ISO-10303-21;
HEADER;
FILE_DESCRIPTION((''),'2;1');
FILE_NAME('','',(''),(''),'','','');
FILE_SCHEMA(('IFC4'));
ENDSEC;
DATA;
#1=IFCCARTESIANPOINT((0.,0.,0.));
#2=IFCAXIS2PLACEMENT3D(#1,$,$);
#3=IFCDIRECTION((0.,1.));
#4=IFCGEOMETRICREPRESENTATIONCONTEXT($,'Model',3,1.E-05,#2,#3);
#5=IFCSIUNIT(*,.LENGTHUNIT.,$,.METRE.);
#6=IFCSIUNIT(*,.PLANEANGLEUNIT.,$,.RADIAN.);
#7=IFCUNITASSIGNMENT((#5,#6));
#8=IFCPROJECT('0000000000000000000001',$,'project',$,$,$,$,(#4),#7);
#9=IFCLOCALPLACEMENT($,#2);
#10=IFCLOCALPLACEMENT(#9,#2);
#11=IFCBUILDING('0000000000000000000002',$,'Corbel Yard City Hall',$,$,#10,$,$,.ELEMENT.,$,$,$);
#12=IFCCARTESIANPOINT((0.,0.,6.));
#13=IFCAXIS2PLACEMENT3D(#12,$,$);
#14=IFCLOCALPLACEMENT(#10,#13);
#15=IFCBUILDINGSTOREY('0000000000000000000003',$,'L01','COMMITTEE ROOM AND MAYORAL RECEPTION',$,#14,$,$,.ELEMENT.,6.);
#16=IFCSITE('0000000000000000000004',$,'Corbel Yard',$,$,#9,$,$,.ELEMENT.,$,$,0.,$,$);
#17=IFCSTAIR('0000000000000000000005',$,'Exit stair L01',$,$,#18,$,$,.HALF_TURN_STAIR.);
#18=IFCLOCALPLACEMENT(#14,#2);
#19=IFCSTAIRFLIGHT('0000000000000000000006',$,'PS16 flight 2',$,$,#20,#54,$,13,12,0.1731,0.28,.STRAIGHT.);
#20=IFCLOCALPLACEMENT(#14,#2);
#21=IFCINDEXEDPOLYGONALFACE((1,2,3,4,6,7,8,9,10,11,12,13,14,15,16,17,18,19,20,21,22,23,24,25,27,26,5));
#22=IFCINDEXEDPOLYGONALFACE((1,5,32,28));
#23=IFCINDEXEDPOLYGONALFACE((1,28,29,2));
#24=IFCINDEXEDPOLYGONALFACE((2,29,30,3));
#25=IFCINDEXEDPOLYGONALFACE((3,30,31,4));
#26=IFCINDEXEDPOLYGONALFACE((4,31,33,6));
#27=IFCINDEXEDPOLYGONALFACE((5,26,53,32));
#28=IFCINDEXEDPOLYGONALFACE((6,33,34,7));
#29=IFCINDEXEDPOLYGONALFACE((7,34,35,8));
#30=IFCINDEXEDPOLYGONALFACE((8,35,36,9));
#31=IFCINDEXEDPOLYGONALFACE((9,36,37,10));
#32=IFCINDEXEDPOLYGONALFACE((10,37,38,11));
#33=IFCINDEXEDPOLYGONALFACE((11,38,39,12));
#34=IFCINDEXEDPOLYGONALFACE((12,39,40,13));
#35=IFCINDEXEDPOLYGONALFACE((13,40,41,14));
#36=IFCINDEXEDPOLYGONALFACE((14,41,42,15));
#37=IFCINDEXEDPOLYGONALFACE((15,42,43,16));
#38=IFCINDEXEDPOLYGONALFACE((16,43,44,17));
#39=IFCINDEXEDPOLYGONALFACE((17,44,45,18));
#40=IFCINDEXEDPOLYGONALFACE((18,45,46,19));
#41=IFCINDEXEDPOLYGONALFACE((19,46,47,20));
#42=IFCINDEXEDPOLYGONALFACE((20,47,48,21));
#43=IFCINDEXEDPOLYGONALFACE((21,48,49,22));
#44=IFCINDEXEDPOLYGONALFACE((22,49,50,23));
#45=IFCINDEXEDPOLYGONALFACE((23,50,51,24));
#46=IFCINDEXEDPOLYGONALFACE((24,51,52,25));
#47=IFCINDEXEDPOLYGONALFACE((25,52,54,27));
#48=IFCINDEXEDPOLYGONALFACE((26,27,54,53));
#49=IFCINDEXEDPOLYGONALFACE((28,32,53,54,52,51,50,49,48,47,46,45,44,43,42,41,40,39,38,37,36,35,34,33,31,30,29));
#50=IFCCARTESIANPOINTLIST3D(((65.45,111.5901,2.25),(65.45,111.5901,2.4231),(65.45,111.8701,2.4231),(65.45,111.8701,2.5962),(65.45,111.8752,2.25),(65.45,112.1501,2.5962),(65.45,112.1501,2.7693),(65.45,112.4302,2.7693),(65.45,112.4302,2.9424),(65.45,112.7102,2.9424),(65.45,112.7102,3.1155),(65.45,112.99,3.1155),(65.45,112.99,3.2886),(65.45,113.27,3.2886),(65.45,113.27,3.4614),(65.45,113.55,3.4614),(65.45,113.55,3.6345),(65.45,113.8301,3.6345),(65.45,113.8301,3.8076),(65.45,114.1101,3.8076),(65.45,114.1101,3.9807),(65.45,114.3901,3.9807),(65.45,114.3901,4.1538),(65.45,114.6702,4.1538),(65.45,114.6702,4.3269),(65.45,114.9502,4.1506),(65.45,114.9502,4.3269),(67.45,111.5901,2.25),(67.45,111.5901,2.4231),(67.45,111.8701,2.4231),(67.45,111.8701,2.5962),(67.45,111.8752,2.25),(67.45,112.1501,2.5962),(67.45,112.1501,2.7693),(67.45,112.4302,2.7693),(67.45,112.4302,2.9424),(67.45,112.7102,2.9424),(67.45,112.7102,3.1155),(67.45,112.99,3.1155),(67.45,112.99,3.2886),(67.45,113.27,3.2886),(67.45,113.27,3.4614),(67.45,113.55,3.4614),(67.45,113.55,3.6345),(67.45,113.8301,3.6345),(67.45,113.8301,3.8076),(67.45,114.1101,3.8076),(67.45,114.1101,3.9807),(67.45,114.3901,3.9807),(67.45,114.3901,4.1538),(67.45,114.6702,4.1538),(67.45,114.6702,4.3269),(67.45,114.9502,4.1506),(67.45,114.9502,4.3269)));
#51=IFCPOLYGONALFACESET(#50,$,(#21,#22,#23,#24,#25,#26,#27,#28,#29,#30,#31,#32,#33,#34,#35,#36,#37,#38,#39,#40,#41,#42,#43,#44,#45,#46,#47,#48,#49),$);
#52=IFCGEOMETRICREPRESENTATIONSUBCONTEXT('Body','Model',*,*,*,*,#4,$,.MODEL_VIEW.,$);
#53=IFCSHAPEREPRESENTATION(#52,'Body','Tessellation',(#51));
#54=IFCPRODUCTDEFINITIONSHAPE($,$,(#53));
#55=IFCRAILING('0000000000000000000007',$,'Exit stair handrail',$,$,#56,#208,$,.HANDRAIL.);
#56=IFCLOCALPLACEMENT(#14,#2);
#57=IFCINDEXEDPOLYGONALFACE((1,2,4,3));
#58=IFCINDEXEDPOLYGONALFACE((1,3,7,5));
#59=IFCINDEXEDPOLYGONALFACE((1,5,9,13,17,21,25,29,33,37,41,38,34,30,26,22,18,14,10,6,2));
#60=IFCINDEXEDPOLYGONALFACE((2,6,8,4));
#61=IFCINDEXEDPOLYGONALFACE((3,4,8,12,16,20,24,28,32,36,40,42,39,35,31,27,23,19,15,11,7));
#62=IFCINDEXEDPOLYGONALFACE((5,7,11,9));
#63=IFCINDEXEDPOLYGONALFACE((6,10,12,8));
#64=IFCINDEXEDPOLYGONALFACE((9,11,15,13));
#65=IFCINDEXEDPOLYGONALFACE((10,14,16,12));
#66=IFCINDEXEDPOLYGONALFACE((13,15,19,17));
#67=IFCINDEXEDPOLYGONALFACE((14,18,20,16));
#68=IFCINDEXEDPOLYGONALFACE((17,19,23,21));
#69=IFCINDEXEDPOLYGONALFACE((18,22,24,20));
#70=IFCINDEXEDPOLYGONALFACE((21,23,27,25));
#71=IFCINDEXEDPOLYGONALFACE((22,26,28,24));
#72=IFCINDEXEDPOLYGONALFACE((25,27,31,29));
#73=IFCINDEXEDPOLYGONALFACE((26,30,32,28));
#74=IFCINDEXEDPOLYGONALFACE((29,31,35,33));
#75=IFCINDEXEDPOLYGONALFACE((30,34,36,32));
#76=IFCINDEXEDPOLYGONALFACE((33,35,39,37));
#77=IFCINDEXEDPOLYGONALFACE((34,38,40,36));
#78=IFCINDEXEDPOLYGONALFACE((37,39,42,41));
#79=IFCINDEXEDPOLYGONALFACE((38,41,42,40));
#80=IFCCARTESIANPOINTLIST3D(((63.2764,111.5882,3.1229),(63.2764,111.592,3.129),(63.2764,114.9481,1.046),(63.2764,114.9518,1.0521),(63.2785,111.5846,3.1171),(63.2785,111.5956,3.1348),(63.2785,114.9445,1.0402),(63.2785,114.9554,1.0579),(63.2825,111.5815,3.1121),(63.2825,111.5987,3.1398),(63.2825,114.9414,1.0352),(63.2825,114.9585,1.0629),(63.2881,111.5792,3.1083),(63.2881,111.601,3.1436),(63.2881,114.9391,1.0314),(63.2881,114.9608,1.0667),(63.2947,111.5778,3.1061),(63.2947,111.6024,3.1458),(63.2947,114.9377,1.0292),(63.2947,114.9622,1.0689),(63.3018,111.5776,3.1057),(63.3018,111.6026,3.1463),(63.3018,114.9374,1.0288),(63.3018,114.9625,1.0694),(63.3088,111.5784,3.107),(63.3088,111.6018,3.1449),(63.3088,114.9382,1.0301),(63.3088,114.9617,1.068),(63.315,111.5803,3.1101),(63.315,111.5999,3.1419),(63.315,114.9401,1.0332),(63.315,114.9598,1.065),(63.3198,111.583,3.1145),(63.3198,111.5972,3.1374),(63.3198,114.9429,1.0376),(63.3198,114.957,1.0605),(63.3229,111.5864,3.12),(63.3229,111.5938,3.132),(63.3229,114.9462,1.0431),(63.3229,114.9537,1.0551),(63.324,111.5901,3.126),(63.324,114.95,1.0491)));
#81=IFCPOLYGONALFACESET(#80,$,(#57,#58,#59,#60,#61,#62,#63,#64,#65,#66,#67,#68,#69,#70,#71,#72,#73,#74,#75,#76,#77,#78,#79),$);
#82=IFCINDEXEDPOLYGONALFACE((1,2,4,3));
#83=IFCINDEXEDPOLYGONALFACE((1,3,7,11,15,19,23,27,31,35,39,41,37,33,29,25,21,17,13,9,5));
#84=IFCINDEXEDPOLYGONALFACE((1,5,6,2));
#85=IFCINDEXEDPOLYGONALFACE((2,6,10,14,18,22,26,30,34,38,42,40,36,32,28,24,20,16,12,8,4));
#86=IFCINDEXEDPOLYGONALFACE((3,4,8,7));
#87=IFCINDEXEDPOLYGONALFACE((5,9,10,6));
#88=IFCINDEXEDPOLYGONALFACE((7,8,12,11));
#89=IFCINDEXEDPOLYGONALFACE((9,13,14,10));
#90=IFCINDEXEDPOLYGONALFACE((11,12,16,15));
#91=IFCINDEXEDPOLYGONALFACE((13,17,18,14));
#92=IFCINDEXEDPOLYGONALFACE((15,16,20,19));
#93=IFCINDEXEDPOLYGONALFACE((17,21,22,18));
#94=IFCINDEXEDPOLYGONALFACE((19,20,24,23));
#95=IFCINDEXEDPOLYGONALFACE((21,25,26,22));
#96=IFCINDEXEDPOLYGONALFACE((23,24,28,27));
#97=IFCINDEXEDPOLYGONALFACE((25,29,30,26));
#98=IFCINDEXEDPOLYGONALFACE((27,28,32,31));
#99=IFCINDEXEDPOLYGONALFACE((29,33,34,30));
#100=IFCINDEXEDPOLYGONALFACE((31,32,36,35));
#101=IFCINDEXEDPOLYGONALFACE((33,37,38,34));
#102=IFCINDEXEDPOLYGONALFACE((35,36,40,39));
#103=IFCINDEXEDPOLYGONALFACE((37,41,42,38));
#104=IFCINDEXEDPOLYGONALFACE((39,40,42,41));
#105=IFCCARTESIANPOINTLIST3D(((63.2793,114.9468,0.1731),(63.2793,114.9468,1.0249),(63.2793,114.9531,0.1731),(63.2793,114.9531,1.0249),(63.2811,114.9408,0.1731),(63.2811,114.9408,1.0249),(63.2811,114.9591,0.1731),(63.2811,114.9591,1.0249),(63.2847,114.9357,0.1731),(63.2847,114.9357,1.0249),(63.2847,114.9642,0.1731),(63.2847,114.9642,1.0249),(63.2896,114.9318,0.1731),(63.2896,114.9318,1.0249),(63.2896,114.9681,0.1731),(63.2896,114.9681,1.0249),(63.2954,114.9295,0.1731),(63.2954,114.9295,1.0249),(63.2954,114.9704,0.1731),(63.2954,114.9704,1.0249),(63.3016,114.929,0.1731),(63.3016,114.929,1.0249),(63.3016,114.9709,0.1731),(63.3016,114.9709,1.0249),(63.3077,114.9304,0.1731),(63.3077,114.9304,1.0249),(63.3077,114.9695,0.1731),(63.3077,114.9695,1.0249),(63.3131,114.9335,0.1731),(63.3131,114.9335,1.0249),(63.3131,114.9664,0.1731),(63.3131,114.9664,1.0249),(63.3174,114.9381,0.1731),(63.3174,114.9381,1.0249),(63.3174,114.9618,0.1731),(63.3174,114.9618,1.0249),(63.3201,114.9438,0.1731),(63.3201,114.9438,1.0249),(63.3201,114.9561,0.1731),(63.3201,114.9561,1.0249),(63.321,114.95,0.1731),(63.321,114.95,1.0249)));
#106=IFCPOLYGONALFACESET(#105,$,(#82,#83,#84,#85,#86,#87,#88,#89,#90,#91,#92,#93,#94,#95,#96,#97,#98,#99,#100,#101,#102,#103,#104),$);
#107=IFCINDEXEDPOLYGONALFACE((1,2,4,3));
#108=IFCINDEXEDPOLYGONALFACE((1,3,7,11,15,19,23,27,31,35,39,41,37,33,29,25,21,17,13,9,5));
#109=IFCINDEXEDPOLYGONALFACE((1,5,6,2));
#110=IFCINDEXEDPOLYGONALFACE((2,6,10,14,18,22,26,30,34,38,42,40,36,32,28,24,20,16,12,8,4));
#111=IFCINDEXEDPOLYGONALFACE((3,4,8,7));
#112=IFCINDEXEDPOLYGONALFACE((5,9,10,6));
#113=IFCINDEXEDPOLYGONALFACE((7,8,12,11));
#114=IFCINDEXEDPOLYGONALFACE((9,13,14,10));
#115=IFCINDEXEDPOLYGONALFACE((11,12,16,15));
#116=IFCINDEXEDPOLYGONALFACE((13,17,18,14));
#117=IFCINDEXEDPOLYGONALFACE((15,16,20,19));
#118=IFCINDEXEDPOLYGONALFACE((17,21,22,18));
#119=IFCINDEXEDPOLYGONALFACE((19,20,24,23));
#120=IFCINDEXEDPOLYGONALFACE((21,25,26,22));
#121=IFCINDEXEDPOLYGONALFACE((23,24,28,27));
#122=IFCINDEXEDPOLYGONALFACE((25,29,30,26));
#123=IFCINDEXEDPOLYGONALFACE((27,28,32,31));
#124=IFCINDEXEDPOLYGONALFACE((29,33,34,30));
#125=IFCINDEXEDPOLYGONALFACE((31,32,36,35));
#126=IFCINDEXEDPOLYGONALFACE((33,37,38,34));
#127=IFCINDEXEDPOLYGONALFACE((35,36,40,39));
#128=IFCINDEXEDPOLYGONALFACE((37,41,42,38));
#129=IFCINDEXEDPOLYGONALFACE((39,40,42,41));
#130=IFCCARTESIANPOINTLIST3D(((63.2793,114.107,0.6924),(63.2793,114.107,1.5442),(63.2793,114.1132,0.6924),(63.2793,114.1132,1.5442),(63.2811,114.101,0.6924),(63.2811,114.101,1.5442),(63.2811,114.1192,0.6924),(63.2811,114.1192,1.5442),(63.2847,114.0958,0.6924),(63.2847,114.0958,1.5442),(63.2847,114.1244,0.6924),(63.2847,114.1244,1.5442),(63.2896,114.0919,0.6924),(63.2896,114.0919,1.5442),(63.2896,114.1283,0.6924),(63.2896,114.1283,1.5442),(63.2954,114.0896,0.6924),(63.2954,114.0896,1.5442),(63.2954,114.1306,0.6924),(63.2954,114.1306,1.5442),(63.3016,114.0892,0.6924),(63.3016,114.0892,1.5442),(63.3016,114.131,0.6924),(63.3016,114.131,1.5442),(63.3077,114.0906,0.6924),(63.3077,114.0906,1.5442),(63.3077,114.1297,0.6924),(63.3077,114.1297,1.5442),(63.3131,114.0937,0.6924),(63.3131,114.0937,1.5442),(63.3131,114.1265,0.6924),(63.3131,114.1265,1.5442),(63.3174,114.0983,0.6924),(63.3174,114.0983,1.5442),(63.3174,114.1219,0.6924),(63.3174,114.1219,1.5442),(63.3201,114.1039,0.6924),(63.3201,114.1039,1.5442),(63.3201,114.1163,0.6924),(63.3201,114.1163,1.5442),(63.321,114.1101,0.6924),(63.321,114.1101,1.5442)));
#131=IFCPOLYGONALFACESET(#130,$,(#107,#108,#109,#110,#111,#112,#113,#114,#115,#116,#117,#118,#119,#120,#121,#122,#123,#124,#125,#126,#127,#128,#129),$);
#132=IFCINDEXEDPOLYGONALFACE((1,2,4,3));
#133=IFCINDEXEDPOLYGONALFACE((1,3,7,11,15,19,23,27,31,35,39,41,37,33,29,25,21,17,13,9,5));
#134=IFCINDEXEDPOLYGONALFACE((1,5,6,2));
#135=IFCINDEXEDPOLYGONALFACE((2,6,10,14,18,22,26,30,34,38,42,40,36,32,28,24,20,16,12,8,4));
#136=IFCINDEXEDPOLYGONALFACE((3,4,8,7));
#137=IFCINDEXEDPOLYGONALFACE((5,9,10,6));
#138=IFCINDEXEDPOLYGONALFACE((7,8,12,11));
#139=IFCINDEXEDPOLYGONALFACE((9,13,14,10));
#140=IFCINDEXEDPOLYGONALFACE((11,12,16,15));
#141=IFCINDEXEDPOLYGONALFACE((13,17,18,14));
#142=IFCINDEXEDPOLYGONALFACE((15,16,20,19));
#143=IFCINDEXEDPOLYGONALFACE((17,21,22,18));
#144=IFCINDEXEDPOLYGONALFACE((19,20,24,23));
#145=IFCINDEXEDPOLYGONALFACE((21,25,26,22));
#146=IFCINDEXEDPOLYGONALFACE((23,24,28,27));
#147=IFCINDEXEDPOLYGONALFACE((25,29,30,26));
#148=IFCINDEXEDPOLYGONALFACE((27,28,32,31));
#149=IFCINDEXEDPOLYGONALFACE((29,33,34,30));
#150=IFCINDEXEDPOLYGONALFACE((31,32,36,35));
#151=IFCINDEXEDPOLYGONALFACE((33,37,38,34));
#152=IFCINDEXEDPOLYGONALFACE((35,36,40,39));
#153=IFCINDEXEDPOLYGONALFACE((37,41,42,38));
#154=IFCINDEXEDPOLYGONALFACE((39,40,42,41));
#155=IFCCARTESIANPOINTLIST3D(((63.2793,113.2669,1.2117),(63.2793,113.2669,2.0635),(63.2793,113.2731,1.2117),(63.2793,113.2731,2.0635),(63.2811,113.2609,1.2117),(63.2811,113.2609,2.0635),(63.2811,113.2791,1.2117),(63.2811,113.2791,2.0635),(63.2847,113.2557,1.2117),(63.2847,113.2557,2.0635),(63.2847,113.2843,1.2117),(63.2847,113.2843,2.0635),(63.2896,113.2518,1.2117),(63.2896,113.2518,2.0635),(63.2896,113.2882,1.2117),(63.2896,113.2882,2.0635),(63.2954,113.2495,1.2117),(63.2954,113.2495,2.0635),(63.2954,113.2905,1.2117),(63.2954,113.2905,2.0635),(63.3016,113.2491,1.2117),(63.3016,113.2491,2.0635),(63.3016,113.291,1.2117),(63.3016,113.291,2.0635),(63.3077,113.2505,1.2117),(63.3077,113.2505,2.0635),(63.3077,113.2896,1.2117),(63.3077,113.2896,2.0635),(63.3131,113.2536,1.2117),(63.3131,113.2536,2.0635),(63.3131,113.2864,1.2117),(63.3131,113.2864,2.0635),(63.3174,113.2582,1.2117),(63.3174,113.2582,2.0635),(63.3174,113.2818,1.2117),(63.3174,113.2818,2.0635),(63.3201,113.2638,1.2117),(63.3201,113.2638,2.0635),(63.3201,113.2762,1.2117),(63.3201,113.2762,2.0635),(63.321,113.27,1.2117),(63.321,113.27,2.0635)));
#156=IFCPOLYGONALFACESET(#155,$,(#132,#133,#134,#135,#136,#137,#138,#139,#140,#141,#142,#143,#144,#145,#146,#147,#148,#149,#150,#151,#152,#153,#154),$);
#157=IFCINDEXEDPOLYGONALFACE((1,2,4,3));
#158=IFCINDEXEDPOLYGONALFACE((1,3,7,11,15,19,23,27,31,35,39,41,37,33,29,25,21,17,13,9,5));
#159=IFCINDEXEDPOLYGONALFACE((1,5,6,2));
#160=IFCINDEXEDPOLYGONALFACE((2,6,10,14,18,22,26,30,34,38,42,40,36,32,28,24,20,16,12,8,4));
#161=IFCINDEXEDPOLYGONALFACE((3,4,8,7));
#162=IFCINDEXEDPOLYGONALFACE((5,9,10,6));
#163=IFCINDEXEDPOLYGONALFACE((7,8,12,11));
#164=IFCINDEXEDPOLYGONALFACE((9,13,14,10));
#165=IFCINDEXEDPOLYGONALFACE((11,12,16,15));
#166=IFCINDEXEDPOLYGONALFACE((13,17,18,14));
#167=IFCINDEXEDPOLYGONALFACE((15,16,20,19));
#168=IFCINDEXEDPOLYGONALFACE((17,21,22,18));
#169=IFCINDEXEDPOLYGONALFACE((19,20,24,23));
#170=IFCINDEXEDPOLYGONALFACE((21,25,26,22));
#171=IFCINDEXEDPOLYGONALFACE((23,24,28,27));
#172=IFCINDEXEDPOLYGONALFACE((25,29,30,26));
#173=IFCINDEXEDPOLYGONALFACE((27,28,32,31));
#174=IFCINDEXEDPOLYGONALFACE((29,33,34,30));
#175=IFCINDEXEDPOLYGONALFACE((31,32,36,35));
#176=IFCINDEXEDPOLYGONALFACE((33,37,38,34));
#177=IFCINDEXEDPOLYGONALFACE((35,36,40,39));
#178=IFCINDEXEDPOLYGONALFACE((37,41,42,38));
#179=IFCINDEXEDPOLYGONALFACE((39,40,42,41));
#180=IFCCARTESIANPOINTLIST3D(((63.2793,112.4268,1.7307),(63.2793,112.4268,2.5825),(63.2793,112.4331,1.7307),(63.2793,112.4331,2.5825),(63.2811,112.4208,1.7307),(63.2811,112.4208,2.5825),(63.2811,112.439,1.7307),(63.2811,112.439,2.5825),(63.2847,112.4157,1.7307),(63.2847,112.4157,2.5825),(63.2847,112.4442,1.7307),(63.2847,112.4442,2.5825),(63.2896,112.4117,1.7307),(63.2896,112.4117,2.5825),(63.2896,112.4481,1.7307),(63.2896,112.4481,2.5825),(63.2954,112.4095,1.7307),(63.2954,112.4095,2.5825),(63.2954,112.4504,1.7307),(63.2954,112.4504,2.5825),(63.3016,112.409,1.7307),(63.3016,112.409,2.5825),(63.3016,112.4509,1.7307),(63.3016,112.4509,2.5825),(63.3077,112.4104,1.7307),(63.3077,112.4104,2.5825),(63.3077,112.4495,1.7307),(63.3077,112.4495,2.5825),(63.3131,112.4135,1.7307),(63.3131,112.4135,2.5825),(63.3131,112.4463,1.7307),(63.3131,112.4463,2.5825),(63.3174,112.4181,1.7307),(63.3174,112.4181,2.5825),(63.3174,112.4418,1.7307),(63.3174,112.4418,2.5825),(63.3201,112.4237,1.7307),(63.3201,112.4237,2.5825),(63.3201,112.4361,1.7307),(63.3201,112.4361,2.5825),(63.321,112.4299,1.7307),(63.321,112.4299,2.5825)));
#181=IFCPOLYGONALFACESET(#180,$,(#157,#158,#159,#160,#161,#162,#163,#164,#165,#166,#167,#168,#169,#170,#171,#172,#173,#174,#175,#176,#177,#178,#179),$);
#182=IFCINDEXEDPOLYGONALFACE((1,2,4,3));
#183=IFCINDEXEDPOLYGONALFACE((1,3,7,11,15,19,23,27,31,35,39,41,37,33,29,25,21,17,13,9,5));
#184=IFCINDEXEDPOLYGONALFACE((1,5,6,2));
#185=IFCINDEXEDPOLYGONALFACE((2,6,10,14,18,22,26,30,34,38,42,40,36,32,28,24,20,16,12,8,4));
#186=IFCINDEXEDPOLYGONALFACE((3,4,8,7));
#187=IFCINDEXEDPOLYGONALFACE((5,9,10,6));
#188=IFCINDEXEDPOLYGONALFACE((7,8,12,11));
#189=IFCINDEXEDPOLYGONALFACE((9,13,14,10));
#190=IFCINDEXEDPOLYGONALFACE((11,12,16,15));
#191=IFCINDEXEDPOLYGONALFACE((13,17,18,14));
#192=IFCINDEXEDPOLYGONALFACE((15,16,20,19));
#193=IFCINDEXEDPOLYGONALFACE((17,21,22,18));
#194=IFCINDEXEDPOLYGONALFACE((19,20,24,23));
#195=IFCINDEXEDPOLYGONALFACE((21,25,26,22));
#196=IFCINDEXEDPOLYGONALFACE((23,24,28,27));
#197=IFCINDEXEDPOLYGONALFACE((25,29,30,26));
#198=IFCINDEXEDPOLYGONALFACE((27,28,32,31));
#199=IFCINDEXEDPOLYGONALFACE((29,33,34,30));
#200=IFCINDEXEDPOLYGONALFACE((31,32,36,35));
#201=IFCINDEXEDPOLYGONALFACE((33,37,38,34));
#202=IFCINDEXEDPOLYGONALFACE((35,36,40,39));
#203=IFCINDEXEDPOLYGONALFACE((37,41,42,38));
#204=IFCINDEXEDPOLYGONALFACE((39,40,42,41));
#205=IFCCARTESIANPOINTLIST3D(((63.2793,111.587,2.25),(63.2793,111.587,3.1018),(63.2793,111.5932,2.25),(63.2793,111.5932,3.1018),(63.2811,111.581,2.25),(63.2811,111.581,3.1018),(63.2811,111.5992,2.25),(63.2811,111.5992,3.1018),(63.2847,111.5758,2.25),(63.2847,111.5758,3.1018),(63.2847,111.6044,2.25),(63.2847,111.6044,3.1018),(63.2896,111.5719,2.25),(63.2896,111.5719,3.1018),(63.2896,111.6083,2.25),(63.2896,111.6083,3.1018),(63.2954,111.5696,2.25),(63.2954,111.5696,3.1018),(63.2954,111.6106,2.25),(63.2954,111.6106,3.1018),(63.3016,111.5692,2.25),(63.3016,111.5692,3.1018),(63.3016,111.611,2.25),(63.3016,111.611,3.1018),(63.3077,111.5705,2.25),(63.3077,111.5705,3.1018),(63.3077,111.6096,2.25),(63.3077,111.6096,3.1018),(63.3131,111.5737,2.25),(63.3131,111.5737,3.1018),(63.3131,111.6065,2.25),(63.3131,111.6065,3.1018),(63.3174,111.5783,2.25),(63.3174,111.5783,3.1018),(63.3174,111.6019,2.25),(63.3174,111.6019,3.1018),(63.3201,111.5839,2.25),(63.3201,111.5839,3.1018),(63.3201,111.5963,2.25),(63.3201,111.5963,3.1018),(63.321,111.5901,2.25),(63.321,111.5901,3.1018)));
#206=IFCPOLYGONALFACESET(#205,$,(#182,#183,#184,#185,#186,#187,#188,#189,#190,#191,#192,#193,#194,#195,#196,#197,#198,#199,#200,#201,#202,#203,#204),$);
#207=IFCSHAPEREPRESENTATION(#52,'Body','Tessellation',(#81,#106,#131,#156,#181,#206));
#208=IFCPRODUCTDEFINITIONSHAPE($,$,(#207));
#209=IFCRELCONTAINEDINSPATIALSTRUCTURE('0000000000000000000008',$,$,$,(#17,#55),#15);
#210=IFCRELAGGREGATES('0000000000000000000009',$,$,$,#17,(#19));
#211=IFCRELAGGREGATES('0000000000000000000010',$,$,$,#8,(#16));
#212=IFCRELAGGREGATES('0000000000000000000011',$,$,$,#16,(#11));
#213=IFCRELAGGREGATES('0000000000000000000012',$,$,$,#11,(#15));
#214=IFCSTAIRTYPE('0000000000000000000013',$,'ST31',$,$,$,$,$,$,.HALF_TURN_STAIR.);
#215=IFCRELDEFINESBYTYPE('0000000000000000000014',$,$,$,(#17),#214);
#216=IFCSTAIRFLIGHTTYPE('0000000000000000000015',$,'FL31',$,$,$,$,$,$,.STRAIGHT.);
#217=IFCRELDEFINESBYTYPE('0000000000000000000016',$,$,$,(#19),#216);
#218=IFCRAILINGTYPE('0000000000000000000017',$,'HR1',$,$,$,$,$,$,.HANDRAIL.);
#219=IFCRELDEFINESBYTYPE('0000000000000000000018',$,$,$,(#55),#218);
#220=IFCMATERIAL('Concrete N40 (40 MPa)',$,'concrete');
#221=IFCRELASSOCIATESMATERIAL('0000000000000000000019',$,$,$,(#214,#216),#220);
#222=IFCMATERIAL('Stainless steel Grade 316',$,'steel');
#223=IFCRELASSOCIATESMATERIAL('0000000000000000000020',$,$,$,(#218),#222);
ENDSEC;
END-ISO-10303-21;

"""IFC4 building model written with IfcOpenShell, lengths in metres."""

from ifc_helpers import new_model, si_unit, direction, frame, origin, origin_2d, place, context, subcontext, project, spatial, polyline, circle, outline, extrude, material, type_object, element, aggregate, save


model = new_model("IFC4")

# Units and contexts
model_context = context("Model", 3, precision=1e-05, world=origin(), true_north=direction((0.0, 1.0)))
body_context = subcontext(model_context, "Body", "Model", "MODEL_VIEW")
ifc_project = project(units=[si_unit("LENGTHUNIT", "METRE"), si_unit("PLANEANGLEUNIT", "RADIAN")], contexts=[model_context])

# Site, building, storey
site_placement = place(None, origin())
site = spatial("IfcSite", under=ifc_project, at=site_placement, Name="Corbel Yard", CompositionType="ELEMENT", RefElevation=0.0)
building_placement = place(site_placement, origin())
building = spatial("IfcBuilding", under=site, at=building_placement, Name="Corbel Yard City Hall", CompositionType="ELEMENT")
storey_placement = place(building_placement, frame((0.0, 0.0, 6.0)))
storey = spatial("IfcBuildingStorey", under=building, at=storey_placement, Name="L01", Description="COMMITTEE ROOM AND MAYORAL RECEPTION", CompositionType="ELEMENT", Elevation=6.0)

# Shared definitions
ifc_material_1 = material(Name="Concrete N40 (40 MPa)", Category="concrete")

# Shared definitions
ifc_material_2 = material(Name="Stainless steel Grade 316", Category="steel")

# Stair, stair flight
stair_type = type_object("IfcStairType", Name="ST31", PredefinedType="HALF_TURN_STAIR", material=ifc_material_1)
stair_placement = place(storey_placement, origin())
stair = element("IfcStair", 1, at=stair_placement, inside=storey, type_object=stair_type, Name="Exit stair L01", PredefinedType="HALF_TURN_STAIR")
stair_flight_type = type_object("IfcStairFlightType", Name="FL31", PredefinedType="STRAIGHT", material=ifc_material_1)
stair_flight_1_placement = place(storey_placement, frame((66.45, 111.5901, 2.25), z_axis=(0.0, 0.0, 1.0), x_axis=(0.0, 1.0, 0.0)))
stair_flight_1 = element("IfcStairFlight", 2, at=stair_flight_1_placement, type_object=stair_flight_type, Name="PS16 flight 2", NumberOfRisers=13, NumberOfTreads=12, PredefinedType="STRAIGHT", RiserHeight=0.1731, TreadLength=0.28, context=body_context, shape_type="SweptSolid", body=[
    extrude(outline(polyline([(0.0, 0.0), (0.0, 0.1731), (0.28, 0.1731), (0.28, 0.3462), (0.5601, 0.3462), (0.5601, 0.5193), (0.8401, 0.5193), (0.8401, 0.6924), (1.1201, 0.6924), (1.1201, 0.8655), (1.3999, 0.8655), (1.3999, 1.0386), (1.6799, 1.0386), (1.6799, 1.2114), (1.96, 1.2114), (1.96, 1.3845), (2.24, 1.3845), (2.24, 1.5576), (2.52, 1.5576), (2.52, 1.7307), (2.8, 1.7307), (2.8, 1.9038), (3.0801, 1.9038), (3.0801, 2.0769), (3.3601, 2.0769), (3.3601, 2.25), (3.3601, 1.9006), (0.2852, 0.0), (0.0, 0.0)])), frame((0.0, 1.0, 0.0), z_axis=(0.0, -1.0, 0.0), x_axis=(1.0, 0.0, 0.0)), (0.0, 0.0, 1.0), 2.0),
])
aggregate(stair, [stair_flight_1])

# Railing
railing_type = type_object("IfcRailingType", Name="HR1", PredefinedType="HANDRAIL", material=ifc_material_2)
for number, where, name in (
    (3, (63.3, 114.95, 0.1731), "Exit stair handrail"),
):
    element("IfcRailing", number, at=place(storey_placement, frame(where)), inside=storey, type_object=railing_type, Name=name, PredefinedType="HANDRAIL", context=body_context, shape_type="SweptSolid", body=[
        extrude(circle(Radius=0.0239, at=origin_2d()), frame((0.0, 0.0, 0.876), z_axis=(0.0, -0.850606, 0.525803), x_axis=(1.0, 0.0, 0.0)), (0.0, 0.0, 1.0), 3.95),
        extrude(circle(Radius=0.021, at=origin_2d()), origin(), (0.0, 0.0, 1.0), 0.8518),
        extrude(circle(Radius=0.021, at=origin_2d()), frame((0.0, -0.8398, 0.5193)), (0.0, 0.0, 1.0), 0.8518),
        extrude(circle(Radius=0.021, at=origin_2d()), frame((0.0, -1.6799, 1.0386)), (0.0, 0.0, 1.0), 0.8518),
        extrude(circle(Radius=0.021, at=origin_2d()), frame((0.0, -2.52, 1.5576)), (0.0, 0.0, 1.0), 0.8518),
        extrude(circle(Radius=0.021, at=origin_2d()), frame((0.0, -3.3599, 2.0769)), (0.0, 0.0, 1.0), 0.8518),
    ])

save(model, "model.ifc")
